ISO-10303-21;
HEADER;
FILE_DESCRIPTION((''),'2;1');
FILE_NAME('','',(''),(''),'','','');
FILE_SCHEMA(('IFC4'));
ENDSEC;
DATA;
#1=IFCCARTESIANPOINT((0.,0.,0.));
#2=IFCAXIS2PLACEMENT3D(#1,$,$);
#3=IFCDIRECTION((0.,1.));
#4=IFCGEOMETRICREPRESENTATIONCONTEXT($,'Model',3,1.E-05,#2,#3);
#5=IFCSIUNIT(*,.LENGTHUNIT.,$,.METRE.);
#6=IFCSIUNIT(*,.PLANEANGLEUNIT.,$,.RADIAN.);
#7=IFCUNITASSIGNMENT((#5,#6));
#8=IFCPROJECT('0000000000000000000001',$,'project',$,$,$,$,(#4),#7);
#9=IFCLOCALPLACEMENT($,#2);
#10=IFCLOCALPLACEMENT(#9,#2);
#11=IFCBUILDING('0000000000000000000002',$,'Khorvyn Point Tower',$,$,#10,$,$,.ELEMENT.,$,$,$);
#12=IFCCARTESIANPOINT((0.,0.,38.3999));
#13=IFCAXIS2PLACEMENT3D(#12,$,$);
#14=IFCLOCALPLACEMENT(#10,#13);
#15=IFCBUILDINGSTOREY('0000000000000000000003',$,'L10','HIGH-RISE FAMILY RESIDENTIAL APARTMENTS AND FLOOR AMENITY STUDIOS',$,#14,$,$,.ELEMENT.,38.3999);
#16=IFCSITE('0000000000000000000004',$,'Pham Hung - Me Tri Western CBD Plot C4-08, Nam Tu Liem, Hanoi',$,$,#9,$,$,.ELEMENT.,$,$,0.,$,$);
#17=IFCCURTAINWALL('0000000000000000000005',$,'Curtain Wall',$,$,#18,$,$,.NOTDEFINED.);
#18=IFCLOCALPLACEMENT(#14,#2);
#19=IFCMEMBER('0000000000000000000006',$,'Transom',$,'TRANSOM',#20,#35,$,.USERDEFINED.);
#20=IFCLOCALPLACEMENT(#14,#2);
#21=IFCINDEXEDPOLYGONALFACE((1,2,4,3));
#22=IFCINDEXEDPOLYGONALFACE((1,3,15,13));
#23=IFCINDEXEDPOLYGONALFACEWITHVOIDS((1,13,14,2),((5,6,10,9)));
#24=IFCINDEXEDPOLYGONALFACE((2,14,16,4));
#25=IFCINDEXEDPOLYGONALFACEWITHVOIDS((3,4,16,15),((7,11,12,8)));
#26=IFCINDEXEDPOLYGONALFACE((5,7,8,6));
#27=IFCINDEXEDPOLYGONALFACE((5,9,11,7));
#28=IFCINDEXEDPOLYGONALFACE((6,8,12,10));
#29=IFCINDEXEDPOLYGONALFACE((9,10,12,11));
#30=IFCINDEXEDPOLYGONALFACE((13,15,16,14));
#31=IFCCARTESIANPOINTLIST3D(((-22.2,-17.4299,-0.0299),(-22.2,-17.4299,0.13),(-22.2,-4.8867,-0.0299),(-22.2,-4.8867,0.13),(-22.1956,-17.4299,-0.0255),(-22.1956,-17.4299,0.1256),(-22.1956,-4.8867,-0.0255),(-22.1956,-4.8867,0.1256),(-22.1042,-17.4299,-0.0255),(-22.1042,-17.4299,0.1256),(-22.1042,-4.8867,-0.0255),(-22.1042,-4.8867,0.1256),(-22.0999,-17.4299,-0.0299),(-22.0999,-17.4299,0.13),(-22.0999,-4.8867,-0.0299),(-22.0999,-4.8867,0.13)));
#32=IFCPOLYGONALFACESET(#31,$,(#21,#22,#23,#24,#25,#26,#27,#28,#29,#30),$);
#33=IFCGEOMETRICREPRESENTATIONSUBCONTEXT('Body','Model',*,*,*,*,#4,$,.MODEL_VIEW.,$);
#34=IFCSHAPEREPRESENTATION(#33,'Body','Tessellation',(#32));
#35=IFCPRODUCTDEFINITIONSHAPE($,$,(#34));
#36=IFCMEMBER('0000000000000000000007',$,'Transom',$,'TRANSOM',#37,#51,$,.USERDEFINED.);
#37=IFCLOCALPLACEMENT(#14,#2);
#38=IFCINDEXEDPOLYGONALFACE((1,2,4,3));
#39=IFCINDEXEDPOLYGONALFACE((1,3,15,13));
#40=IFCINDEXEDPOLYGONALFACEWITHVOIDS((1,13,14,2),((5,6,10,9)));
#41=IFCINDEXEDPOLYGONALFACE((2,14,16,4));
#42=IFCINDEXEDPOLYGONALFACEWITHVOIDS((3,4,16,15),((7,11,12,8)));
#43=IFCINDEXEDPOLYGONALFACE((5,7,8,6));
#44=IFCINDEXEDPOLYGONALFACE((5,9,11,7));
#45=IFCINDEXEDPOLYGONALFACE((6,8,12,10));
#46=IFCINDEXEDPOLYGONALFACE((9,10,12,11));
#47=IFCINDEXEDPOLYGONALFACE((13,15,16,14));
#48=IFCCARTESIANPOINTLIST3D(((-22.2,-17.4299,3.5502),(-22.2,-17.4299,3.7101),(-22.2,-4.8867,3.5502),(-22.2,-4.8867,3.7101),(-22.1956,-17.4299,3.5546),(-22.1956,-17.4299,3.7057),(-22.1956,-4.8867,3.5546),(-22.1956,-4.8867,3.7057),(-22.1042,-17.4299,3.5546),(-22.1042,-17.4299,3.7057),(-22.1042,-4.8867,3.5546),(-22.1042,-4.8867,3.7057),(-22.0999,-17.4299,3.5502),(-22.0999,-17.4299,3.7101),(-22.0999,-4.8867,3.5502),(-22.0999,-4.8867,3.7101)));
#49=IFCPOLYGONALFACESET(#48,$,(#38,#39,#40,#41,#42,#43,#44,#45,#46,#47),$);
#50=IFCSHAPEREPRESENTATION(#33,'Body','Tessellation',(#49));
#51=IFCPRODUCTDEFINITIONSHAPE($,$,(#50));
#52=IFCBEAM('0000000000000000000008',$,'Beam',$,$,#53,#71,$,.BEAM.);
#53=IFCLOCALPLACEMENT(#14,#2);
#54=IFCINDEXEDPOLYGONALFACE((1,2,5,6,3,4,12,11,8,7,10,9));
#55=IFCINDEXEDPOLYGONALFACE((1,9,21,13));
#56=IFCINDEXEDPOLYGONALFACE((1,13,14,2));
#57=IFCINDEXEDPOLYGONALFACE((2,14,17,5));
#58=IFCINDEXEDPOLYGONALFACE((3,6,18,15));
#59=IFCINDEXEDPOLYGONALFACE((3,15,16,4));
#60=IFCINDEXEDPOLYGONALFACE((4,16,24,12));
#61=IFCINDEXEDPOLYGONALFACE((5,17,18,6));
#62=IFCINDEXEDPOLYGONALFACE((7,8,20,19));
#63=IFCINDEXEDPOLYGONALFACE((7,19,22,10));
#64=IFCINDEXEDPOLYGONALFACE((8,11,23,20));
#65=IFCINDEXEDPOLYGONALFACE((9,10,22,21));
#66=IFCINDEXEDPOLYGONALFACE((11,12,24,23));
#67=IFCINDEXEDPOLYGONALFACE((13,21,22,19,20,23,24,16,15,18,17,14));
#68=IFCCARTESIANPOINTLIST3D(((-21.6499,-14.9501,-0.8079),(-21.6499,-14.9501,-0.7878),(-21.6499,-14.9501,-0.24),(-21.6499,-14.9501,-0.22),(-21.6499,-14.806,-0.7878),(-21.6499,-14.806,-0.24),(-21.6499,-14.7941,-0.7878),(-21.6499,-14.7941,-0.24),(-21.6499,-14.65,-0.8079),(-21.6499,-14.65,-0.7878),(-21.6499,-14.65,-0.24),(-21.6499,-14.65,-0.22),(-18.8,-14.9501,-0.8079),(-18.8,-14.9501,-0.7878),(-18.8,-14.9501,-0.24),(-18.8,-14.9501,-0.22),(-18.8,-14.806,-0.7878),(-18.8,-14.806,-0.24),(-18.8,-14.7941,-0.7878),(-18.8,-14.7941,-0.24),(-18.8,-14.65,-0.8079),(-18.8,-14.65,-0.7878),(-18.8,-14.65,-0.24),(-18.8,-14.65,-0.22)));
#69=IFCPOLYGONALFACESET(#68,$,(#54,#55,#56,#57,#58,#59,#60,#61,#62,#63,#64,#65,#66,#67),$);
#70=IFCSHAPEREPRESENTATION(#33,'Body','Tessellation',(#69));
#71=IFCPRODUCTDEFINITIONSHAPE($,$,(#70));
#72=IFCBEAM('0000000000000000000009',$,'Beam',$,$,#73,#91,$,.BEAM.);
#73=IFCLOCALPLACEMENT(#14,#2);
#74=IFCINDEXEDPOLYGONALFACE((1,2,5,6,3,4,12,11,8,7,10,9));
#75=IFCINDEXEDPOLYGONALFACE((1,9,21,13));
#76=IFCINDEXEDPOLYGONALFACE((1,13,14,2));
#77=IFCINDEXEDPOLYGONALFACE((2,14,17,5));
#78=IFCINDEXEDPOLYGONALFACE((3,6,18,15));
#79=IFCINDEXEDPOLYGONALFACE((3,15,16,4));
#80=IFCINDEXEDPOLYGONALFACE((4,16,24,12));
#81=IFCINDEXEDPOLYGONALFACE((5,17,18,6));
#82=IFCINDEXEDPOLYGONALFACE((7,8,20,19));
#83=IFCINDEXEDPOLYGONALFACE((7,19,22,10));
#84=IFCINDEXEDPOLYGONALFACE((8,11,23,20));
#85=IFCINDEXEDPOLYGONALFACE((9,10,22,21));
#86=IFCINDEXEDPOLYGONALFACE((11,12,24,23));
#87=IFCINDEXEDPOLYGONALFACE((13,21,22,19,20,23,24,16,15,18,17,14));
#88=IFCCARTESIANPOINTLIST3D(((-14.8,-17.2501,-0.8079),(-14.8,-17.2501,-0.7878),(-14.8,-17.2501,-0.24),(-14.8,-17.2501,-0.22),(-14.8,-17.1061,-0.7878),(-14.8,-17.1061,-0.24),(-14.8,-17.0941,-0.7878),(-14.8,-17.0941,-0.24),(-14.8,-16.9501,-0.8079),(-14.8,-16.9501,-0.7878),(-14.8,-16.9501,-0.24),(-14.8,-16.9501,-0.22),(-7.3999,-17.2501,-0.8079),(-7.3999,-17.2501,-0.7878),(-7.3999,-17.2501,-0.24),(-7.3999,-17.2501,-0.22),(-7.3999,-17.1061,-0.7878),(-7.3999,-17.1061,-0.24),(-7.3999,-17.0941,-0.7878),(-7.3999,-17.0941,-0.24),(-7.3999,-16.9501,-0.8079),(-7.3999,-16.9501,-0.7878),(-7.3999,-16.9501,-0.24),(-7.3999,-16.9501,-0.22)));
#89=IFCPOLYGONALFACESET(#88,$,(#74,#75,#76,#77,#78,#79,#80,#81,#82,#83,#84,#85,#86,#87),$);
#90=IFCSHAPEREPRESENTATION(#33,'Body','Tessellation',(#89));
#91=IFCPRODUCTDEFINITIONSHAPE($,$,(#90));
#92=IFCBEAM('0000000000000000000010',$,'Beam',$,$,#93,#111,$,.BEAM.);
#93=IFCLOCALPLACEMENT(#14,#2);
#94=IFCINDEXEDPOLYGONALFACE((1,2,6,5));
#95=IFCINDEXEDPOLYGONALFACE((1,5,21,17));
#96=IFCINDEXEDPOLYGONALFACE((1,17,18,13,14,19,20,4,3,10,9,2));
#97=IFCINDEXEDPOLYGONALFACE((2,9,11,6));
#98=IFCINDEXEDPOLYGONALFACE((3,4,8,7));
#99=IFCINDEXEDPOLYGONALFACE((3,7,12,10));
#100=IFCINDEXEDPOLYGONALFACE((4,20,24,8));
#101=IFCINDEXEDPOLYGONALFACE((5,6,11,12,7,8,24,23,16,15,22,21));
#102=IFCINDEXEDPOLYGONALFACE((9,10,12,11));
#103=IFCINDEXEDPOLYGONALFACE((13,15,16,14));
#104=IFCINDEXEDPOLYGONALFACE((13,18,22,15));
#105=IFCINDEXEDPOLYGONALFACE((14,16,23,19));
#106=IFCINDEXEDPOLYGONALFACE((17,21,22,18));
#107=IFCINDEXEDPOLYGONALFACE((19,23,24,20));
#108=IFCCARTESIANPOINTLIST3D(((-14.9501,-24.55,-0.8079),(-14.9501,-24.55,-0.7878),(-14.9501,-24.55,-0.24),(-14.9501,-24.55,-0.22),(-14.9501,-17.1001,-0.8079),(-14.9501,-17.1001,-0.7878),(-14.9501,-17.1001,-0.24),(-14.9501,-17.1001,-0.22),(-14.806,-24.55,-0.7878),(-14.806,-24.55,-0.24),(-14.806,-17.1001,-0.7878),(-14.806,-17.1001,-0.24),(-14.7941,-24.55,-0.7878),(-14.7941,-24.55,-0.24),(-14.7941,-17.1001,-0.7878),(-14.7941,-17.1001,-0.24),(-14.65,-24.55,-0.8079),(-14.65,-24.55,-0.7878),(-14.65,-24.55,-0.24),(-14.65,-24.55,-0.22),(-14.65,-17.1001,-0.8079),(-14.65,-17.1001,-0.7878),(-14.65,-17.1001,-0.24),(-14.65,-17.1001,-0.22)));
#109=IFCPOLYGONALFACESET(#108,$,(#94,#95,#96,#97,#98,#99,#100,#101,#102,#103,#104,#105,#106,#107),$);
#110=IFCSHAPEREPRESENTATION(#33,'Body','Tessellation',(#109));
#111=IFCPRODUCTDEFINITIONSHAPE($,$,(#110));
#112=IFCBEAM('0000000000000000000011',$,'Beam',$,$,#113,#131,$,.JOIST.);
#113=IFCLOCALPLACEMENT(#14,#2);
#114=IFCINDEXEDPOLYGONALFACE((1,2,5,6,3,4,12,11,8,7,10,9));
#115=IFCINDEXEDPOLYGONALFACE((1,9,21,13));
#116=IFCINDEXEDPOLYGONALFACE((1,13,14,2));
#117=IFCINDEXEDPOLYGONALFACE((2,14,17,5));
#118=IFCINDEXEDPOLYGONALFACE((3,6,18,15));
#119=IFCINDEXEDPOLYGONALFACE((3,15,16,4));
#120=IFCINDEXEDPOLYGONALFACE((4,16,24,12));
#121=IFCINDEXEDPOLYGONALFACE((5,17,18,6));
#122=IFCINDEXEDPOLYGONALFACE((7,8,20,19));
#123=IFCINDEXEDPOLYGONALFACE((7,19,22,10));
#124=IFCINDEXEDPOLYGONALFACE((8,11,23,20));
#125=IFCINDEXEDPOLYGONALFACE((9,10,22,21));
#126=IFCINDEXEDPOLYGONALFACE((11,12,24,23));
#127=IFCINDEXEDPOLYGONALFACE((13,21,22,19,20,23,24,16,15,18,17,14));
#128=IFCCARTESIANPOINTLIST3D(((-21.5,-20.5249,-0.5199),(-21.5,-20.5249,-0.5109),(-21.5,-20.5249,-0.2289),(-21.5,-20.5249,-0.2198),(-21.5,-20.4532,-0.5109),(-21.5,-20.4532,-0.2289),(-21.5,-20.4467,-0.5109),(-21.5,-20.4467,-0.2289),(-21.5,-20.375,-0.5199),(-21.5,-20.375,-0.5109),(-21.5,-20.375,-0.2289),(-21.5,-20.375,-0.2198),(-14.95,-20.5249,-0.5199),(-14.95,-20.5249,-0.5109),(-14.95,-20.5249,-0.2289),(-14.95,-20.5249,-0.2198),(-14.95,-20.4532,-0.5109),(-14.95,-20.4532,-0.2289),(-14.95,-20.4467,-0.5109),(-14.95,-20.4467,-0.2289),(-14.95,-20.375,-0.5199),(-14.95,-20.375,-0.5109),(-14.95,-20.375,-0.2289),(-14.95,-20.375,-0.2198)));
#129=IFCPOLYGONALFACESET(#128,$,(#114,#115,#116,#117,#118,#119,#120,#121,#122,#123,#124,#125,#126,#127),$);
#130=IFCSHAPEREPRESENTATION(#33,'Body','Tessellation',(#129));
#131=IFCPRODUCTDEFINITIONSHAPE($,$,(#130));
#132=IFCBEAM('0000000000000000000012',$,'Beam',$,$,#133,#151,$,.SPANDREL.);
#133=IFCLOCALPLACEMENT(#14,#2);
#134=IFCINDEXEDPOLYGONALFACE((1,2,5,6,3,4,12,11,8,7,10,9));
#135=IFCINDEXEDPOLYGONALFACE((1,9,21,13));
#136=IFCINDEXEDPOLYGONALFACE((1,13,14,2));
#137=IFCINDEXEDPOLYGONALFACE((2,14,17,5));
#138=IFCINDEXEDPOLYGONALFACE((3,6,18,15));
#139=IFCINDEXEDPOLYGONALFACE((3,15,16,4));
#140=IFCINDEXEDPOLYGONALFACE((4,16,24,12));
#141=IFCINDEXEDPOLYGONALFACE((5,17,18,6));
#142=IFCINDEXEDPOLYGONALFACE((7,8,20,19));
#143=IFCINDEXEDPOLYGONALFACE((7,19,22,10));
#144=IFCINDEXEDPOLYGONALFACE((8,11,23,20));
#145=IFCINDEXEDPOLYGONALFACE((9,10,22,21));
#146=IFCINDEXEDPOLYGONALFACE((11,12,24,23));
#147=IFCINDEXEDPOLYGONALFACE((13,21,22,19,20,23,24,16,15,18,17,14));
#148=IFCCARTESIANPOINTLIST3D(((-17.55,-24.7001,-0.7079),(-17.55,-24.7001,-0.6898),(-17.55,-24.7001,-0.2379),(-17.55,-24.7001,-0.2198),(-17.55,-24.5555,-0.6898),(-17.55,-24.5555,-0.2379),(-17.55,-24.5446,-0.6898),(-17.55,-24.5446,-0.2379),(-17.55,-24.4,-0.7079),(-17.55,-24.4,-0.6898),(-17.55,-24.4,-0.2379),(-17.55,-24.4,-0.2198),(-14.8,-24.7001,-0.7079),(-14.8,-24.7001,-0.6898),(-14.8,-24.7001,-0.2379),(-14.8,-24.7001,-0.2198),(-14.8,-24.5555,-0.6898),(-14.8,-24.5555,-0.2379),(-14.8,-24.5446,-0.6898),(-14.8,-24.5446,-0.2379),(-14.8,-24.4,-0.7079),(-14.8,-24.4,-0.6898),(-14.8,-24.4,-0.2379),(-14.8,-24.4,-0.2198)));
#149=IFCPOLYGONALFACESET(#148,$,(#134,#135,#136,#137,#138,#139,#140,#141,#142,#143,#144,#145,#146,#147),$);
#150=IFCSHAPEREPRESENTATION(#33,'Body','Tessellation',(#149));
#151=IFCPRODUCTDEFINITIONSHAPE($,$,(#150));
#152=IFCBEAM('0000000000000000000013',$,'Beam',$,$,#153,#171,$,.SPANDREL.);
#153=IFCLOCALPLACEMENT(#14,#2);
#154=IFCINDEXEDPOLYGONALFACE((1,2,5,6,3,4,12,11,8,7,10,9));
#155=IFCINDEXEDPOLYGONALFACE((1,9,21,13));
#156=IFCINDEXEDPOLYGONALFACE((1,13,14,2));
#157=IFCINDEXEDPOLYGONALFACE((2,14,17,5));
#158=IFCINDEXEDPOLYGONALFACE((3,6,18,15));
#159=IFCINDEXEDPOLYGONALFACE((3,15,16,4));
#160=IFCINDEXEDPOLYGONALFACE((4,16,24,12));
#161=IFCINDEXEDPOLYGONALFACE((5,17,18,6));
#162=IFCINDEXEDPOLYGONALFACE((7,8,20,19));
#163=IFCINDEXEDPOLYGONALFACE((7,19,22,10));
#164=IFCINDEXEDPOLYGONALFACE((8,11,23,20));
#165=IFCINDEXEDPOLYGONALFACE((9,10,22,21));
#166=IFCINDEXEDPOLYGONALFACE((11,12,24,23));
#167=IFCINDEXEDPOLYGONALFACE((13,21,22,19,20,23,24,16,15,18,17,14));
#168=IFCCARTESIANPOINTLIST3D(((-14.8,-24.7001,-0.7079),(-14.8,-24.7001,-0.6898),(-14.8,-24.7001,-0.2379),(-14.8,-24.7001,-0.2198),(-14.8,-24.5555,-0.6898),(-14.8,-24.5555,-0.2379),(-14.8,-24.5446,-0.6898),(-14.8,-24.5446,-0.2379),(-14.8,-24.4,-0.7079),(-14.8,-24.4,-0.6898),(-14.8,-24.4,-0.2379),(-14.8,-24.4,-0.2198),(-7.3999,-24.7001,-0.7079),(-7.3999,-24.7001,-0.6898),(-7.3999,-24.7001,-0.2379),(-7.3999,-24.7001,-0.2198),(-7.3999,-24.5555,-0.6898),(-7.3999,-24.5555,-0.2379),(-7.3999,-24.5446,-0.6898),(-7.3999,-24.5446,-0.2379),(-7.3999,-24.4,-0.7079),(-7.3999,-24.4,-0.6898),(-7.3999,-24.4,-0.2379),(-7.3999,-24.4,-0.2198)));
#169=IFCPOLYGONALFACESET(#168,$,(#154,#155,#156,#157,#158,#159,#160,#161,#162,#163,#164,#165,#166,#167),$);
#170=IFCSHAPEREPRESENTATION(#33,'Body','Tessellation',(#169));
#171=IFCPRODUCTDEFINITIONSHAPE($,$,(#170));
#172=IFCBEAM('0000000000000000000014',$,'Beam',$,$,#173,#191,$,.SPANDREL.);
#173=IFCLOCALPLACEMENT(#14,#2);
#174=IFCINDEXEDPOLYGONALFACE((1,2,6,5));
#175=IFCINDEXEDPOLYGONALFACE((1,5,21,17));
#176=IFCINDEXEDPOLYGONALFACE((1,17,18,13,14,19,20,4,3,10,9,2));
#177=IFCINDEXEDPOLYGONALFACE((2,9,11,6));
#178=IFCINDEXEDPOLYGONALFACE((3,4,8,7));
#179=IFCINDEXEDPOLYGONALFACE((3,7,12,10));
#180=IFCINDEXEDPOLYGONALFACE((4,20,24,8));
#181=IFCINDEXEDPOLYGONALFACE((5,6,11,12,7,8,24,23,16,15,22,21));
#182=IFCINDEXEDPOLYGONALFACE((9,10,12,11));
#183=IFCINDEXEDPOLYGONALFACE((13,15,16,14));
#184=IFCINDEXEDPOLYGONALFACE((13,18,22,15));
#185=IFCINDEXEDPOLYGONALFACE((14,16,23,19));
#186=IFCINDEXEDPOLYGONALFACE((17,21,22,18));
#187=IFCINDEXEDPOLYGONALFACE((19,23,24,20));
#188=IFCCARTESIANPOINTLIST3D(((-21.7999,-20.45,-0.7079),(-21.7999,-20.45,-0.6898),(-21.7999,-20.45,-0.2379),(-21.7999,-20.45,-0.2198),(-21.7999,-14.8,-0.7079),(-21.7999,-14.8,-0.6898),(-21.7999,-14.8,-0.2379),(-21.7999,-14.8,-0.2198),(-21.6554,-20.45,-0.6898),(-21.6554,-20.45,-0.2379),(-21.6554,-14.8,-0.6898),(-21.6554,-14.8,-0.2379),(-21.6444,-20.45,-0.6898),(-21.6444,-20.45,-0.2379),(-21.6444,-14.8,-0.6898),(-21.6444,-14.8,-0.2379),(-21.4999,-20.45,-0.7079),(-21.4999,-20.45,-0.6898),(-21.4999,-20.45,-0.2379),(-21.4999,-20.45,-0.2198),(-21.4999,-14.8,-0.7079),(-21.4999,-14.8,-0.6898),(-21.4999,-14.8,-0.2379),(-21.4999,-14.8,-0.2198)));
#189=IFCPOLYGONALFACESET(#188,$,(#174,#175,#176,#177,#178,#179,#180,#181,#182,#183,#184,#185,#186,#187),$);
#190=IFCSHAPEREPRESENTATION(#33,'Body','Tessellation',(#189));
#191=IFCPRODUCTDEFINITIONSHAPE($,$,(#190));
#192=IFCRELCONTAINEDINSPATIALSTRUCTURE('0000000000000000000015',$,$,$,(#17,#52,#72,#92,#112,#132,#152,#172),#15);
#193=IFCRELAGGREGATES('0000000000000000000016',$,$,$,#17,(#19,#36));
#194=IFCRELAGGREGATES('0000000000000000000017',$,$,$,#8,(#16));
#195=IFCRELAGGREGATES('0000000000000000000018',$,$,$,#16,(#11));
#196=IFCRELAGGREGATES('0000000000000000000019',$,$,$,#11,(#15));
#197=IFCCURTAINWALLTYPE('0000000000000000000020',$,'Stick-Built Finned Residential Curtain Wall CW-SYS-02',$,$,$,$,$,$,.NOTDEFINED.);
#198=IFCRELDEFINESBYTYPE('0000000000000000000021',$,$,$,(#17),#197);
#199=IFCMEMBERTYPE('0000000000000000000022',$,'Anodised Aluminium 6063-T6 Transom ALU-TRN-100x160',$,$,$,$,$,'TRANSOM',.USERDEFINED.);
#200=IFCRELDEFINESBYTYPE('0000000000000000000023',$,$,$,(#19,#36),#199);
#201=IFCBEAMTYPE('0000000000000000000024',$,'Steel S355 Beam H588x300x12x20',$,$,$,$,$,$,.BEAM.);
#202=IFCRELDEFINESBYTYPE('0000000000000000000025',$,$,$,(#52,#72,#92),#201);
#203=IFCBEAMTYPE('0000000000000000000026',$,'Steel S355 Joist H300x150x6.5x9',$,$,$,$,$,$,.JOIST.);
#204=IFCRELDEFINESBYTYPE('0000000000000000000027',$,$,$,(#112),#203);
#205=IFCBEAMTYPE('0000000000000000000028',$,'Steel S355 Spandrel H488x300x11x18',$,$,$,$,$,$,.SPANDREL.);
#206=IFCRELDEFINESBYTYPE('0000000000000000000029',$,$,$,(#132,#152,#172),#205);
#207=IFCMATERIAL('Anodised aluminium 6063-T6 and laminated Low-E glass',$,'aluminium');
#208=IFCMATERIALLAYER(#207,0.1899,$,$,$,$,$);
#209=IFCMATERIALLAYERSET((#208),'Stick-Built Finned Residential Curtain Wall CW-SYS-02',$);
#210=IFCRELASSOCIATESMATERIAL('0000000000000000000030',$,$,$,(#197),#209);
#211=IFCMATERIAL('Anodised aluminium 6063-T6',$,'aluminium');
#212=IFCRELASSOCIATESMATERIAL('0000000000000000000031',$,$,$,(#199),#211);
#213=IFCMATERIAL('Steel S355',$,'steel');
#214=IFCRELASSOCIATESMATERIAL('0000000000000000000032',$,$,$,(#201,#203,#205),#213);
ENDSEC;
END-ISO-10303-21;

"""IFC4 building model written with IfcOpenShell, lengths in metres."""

from ifc_helpers import new_model, si_unit, direction, frame, origin, origin_2d, place, context, subcontext, project, spatial, hollow_rectangle, i_section, extrude, material, layer, layer_set, material_profile, profile_set, type_object, element, aggregate, save


model = new_model("IFC4")

# Units and contexts
model_context = context("Model", 3, precision=1e-05, world=origin(), true_north=direction((0.0, 1.0)))
body_context = subcontext(model_context, "Body", "Model", "MODEL_VIEW")
ifc_project = project(units=[si_unit("LENGTHUNIT", "METRE"), si_unit("PLANEANGLEUNIT", "RADIAN")], contexts=[model_context])

# Site, building, storey
site_placement = place(None, origin())
site = spatial("IfcSite", under=ifc_project, at=site_placement, Name="Pham Hung - Me Tri Western CBD Plot C4-08, Nam Tu Liem, Hanoi", CompositionType="ELEMENT", RefElevation=0.0)
building_placement = place(site_placement, origin())
building = spatial("IfcBuilding", under=site, at=building_placement, Name="Khorvyn Point Tower", CompositionType="ELEMENT")
storey_placement = place(building_placement, frame((0.0, 0.0, 38.3999)))
storey = spatial("IfcBuildingStorey", under=building, at=storey_placement, Name="L10", Description="HIGH-RISE FAMILY RESIDENTIAL APARTMENTS AND FLOOR AMENITY STUDIOS", CompositionType="ELEMENT", Elevation=38.3999)

# Shared definitions
ifc_material_1 = material(Name="Anodised aluminium 6063-T6 and laminated Low-E glass", Category="aluminium")
ifc_layer_1 = layer(ifc_material_1, 0.1899)
ifc_layer_set_1 = layer_set([ifc_layer_1], Name="Stick-Built Finned Residential Curtain Wall CW-SYS-02")
curtain_wall_type = type_object("IfcCurtainWallType", Name="Stick-Built Finned Residential Curtain Wall CW-SYS-02", PredefinedType="NOTDEFINED", material=ifc_layer_set_1)
ifc_material_2 = material(Name="Anodised aluminium 6063-T6", Category="aluminium")

# Curtain wall
curtain_wall_1_placement = place(storey_placement, origin())
curtain_wall_1 = element("IfcCurtainWall", 1, at=curtain_wall_1_placement, inside=storey, type_object=curtain_wall_type, Name="Curtain Wall", PredefinedType="NOTDEFINED")

# Members
ifc_material_profile_1 = material_profile(ifc_material_2, hollow_rectangle(XDim=0.1001, YDim=0.1599, WallThickness=0.0044, at=origin_2d()))
ifc_profile_set_1 = profile_set([ifc_material_profile_1], Name="Anodised aluminium 6063-T6 ALU-TRN-100x160")
member_type_1 = type_object("IfcMemberType", Name="Anodised Aluminium 6063-T6 Transom ALU-TRN-100x160", ElementType="TRANSOM", PredefinedType="USERDEFINED", material=ifc_profile_set_1)
member_1_placement = place(storey_placement, frame((-22.1499, -17.4299, 0.05), z_axis=(0.0, 1.0, 0.0), x_axis=(-1.0, 0.0, 0.0)))
member_1 = element("IfcMember", 2, at=member_1_placement, type_object=member_type_1, Name="Transom", ObjectType="TRANSOM", PredefinedType="USERDEFINED", context=body_context, shape_type="SweptSolid", body=[
    extrude(hollow_rectangle(XDim=0.1001, YDim=0.1599, WallThickness=0.0044, at=origin_2d()), origin(), (0.0, 0.0, 1.0), 12.5432),
])
member_2_placement = place(storey_placement, frame((-22.1499, -17.4299, 3.6301), z_axis=(0.0, 1.0, 0.0), x_axis=(-1.0, 0.0, 0.0)))
member_2 = element("IfcMember", 3, at=member_2_placement, type_object=member_type_1, Name="Transom", ObjectType="TRANSOM", PredefinedType="USERDEFINED", context=body_context, shape_type="SweptSolid", body=[
    extrude(hollow_rectangle(XDim=0.1001, YDim=0.1599, WallThickness=0.0044, at=origin_2d()), origin(), (0.0, 0.0, 1.0), 12.5432),
])
aggregate(curtain_wall_1, [member_1, member_2])

# Beams
ifc_material_3 = material(Name="Steel S355", Category="steel")
ifc_material_profile_2 = material_profile(ifc_material_3, i_section(OverallWidth=0.3, OverallDepth=0.5879, WebThickness=0.012, FlangeThickness=0.02, at=origin_2d()))
ifc_profile_set_2 = profile_set([ifc_material_profile_2], Name="Steel S355 H588x300x12x20")
beam_type_1 = type_object("IfcBeamType", Name="Steel S355 Beam H588x300x12x20", PredefinedType="BEAM", material=ifc_profile_set_2)
beam_1_placement = place(storey_placement, frame((-21.6499, -14.8, -0.5139), z_axis=(1.0, 0.0, 0.0), x_axis=(0.0, 1.0, 0.0)))
element("IfcBeam", 4, at=beam_1_placement, inside=storey, type_object=beam_type_1, Name="Beam", PredefinedType="BEAM", context=body_context, shape_type="SweptSolid", body=[
    extrude(i_section(OverallWidth=0.3, OverallDepth=0.5879, WebThickness=0.012, FlangeThickness=0.02, at=origin_2d()), origin(), (0.0, 0.0, 1.0), 2.8499),
])
beam_2_placement = place(storey_placement, frame((-14.8, -17.1001, -0.5139), z_axis=(1.0, 0.0, 0.0), x_axis=(0.0, 1.0, 0.0)))
element("IfcBeam", 5, at=beam_2_placement, inside=storey, type_object=beam_type_1, Name="Beam", PredefinedType="BEAM", context=body_context, shape_type="SweptSolid", body=[
    extrude(i_section(OverallWidth=0.3, OverallDepth=0.5879, WebThickness=0.012, FlangeThickness=0.02, at=origin_2d()), origin(), (0.0, 0.0, 1.0), 7.4001),
])
beam_3_placement = place(storey_placement, frame((-14.8, -24.55, -0.5139), z_axis=(0.0, 1.0, 0.0), x_axis=(-1.0, 0.0, 0.0)))
element("IfcBeam", 6, at=beam_3_placement, inside=storey, type_object=beam_type_1, Name="Beam", PredefinedType="BEAM", context=body_context, shape_type="SweptSolid", body=[
    extrude(i_section(OverallWidth=0.3, OverallDepth=0.5879, WebThickness=0.012, FlangeThickness=0.02, at=origin_2d()), origin(), (0.0, 0.0, 1.0), 7.45),
])
ifc_material_profile_3 = material_profile(ifc_material_3, i_section(OverallWidth=0.1499, OverallDepth=0.3, WebThickness=0.0066, FlangeThickness=0.009, at=origin_2d()))
ifc_profile_set_3 = profile_set([ifc_material_profile_3], Name="Steel S355 H300x150x6.5x9")
beam_type_2 = type_object("IfcBeamType", Name="Steel S355 Joist H300x150x6.5x9", PredefinedType="JOIST", material=ifc_profile_set_3)
beam_4_placement = place(storey_placement, frame((-21.5, -20.45, -0.3699), z_axis=(1.0, 0.0, 0.0), x_axis=(0.0, 1.0, 0.0)))
element("IfcBeam", 7, at=beam_4_placement, inside=storey, type_object=beam_type_2, Name="Beam", PredefinedType="JOIST", context=body_context, shape_type="SweptSolid", body=[
    extrude(i_section(OverallWidth=0.1499, OverallDepth=0.3, WebThickness=0.0066, FlangeThickness=0.009, at=origin_2d()), origin(), (0.0, 0.0, 1.0), 6.55),
])
ifc_material_profile_4 = material_profile(ifc_material_3, i_section(OverallWidth=0.3, OverallDepth=0.488, WebThickness=0.011, FlangeThickness=0.0181, at=origin_2d()))
ifc_profile_set_4 = profile_set([ifc_material_profile_4], Name="Steel S355 H488x300x11x18")
beam_type_3 = type_object("IfcBeamType", Name="Steel S355 Spandrel H488x300x11x18", PredefinedType="SPANDREL", material=ifc_profile_set_4)
beam_5_placement = place(storey_placement, frame((-17.55, -24.55, -0.4639), z_axis=(1.0, 0.0, 0.0), x_axis=(0.0, 1.0, 0.0)))
element("IfcBeam", 8, at=beam_5_placement, inside=storey, type_object=beam_type_3, Name="Beam", PredefinedType="SPANDREL", context=body_context, shape_type="SweptSolid", body=[
    extrude(i_section(OverallWidth=0.3, OverallDepth=0.488, WebThickness=0.011, FlangeThickness=0.0181, at=origin_2d()), origin(), (0.0, 0.0, 1.0), 2.75),
])
beam_6_placement = place(storey_placement, frame((-14.8, -24.55, -0.4639), z_axis=(1.0, 0.0, 0.0), x_axis=(0.0, 1.0, 0.0)))
element("IfcBeam", 9, at=beam_6_placement, inside=storey, type_object=beam_type_3, Name="Beam", PredefinedType="SPANDREL", context=body_context, shape_type="SweptSolid", body=[
    extrude(i_section(OverallWidth=0.3, OverallDepth=0.488, WebThickness=0.011, FlangeThickness=0.0181, at=origin_2d()), origin(), (0.0, 0.0, 1.0), 7.4001),
])
beam_7_placement = place(storey_placement, frame((-21.6499, -20.45, -0.4639), z_axis=(0.0, 1.0, 0.0), x_axis=(-1.0, 0.0, 0.0)))
element("IfcBeam", 10, at=beam_7_placement, inside=storey, type_object=beam_type_3, Name="Beam", PredefinedType="SPANDREL", context=body_context, shape_type="SweptSolid", body=[
    extrude(i_section(OverallWidth=0.3, OverallDepth=0.488, WebThickness=0.011, FlangeThickness=0.0181, at=origin_2d()), origin(), (0.0, 0.0, 1.0), 5.6499),
])

save(model, "model.ifc")
